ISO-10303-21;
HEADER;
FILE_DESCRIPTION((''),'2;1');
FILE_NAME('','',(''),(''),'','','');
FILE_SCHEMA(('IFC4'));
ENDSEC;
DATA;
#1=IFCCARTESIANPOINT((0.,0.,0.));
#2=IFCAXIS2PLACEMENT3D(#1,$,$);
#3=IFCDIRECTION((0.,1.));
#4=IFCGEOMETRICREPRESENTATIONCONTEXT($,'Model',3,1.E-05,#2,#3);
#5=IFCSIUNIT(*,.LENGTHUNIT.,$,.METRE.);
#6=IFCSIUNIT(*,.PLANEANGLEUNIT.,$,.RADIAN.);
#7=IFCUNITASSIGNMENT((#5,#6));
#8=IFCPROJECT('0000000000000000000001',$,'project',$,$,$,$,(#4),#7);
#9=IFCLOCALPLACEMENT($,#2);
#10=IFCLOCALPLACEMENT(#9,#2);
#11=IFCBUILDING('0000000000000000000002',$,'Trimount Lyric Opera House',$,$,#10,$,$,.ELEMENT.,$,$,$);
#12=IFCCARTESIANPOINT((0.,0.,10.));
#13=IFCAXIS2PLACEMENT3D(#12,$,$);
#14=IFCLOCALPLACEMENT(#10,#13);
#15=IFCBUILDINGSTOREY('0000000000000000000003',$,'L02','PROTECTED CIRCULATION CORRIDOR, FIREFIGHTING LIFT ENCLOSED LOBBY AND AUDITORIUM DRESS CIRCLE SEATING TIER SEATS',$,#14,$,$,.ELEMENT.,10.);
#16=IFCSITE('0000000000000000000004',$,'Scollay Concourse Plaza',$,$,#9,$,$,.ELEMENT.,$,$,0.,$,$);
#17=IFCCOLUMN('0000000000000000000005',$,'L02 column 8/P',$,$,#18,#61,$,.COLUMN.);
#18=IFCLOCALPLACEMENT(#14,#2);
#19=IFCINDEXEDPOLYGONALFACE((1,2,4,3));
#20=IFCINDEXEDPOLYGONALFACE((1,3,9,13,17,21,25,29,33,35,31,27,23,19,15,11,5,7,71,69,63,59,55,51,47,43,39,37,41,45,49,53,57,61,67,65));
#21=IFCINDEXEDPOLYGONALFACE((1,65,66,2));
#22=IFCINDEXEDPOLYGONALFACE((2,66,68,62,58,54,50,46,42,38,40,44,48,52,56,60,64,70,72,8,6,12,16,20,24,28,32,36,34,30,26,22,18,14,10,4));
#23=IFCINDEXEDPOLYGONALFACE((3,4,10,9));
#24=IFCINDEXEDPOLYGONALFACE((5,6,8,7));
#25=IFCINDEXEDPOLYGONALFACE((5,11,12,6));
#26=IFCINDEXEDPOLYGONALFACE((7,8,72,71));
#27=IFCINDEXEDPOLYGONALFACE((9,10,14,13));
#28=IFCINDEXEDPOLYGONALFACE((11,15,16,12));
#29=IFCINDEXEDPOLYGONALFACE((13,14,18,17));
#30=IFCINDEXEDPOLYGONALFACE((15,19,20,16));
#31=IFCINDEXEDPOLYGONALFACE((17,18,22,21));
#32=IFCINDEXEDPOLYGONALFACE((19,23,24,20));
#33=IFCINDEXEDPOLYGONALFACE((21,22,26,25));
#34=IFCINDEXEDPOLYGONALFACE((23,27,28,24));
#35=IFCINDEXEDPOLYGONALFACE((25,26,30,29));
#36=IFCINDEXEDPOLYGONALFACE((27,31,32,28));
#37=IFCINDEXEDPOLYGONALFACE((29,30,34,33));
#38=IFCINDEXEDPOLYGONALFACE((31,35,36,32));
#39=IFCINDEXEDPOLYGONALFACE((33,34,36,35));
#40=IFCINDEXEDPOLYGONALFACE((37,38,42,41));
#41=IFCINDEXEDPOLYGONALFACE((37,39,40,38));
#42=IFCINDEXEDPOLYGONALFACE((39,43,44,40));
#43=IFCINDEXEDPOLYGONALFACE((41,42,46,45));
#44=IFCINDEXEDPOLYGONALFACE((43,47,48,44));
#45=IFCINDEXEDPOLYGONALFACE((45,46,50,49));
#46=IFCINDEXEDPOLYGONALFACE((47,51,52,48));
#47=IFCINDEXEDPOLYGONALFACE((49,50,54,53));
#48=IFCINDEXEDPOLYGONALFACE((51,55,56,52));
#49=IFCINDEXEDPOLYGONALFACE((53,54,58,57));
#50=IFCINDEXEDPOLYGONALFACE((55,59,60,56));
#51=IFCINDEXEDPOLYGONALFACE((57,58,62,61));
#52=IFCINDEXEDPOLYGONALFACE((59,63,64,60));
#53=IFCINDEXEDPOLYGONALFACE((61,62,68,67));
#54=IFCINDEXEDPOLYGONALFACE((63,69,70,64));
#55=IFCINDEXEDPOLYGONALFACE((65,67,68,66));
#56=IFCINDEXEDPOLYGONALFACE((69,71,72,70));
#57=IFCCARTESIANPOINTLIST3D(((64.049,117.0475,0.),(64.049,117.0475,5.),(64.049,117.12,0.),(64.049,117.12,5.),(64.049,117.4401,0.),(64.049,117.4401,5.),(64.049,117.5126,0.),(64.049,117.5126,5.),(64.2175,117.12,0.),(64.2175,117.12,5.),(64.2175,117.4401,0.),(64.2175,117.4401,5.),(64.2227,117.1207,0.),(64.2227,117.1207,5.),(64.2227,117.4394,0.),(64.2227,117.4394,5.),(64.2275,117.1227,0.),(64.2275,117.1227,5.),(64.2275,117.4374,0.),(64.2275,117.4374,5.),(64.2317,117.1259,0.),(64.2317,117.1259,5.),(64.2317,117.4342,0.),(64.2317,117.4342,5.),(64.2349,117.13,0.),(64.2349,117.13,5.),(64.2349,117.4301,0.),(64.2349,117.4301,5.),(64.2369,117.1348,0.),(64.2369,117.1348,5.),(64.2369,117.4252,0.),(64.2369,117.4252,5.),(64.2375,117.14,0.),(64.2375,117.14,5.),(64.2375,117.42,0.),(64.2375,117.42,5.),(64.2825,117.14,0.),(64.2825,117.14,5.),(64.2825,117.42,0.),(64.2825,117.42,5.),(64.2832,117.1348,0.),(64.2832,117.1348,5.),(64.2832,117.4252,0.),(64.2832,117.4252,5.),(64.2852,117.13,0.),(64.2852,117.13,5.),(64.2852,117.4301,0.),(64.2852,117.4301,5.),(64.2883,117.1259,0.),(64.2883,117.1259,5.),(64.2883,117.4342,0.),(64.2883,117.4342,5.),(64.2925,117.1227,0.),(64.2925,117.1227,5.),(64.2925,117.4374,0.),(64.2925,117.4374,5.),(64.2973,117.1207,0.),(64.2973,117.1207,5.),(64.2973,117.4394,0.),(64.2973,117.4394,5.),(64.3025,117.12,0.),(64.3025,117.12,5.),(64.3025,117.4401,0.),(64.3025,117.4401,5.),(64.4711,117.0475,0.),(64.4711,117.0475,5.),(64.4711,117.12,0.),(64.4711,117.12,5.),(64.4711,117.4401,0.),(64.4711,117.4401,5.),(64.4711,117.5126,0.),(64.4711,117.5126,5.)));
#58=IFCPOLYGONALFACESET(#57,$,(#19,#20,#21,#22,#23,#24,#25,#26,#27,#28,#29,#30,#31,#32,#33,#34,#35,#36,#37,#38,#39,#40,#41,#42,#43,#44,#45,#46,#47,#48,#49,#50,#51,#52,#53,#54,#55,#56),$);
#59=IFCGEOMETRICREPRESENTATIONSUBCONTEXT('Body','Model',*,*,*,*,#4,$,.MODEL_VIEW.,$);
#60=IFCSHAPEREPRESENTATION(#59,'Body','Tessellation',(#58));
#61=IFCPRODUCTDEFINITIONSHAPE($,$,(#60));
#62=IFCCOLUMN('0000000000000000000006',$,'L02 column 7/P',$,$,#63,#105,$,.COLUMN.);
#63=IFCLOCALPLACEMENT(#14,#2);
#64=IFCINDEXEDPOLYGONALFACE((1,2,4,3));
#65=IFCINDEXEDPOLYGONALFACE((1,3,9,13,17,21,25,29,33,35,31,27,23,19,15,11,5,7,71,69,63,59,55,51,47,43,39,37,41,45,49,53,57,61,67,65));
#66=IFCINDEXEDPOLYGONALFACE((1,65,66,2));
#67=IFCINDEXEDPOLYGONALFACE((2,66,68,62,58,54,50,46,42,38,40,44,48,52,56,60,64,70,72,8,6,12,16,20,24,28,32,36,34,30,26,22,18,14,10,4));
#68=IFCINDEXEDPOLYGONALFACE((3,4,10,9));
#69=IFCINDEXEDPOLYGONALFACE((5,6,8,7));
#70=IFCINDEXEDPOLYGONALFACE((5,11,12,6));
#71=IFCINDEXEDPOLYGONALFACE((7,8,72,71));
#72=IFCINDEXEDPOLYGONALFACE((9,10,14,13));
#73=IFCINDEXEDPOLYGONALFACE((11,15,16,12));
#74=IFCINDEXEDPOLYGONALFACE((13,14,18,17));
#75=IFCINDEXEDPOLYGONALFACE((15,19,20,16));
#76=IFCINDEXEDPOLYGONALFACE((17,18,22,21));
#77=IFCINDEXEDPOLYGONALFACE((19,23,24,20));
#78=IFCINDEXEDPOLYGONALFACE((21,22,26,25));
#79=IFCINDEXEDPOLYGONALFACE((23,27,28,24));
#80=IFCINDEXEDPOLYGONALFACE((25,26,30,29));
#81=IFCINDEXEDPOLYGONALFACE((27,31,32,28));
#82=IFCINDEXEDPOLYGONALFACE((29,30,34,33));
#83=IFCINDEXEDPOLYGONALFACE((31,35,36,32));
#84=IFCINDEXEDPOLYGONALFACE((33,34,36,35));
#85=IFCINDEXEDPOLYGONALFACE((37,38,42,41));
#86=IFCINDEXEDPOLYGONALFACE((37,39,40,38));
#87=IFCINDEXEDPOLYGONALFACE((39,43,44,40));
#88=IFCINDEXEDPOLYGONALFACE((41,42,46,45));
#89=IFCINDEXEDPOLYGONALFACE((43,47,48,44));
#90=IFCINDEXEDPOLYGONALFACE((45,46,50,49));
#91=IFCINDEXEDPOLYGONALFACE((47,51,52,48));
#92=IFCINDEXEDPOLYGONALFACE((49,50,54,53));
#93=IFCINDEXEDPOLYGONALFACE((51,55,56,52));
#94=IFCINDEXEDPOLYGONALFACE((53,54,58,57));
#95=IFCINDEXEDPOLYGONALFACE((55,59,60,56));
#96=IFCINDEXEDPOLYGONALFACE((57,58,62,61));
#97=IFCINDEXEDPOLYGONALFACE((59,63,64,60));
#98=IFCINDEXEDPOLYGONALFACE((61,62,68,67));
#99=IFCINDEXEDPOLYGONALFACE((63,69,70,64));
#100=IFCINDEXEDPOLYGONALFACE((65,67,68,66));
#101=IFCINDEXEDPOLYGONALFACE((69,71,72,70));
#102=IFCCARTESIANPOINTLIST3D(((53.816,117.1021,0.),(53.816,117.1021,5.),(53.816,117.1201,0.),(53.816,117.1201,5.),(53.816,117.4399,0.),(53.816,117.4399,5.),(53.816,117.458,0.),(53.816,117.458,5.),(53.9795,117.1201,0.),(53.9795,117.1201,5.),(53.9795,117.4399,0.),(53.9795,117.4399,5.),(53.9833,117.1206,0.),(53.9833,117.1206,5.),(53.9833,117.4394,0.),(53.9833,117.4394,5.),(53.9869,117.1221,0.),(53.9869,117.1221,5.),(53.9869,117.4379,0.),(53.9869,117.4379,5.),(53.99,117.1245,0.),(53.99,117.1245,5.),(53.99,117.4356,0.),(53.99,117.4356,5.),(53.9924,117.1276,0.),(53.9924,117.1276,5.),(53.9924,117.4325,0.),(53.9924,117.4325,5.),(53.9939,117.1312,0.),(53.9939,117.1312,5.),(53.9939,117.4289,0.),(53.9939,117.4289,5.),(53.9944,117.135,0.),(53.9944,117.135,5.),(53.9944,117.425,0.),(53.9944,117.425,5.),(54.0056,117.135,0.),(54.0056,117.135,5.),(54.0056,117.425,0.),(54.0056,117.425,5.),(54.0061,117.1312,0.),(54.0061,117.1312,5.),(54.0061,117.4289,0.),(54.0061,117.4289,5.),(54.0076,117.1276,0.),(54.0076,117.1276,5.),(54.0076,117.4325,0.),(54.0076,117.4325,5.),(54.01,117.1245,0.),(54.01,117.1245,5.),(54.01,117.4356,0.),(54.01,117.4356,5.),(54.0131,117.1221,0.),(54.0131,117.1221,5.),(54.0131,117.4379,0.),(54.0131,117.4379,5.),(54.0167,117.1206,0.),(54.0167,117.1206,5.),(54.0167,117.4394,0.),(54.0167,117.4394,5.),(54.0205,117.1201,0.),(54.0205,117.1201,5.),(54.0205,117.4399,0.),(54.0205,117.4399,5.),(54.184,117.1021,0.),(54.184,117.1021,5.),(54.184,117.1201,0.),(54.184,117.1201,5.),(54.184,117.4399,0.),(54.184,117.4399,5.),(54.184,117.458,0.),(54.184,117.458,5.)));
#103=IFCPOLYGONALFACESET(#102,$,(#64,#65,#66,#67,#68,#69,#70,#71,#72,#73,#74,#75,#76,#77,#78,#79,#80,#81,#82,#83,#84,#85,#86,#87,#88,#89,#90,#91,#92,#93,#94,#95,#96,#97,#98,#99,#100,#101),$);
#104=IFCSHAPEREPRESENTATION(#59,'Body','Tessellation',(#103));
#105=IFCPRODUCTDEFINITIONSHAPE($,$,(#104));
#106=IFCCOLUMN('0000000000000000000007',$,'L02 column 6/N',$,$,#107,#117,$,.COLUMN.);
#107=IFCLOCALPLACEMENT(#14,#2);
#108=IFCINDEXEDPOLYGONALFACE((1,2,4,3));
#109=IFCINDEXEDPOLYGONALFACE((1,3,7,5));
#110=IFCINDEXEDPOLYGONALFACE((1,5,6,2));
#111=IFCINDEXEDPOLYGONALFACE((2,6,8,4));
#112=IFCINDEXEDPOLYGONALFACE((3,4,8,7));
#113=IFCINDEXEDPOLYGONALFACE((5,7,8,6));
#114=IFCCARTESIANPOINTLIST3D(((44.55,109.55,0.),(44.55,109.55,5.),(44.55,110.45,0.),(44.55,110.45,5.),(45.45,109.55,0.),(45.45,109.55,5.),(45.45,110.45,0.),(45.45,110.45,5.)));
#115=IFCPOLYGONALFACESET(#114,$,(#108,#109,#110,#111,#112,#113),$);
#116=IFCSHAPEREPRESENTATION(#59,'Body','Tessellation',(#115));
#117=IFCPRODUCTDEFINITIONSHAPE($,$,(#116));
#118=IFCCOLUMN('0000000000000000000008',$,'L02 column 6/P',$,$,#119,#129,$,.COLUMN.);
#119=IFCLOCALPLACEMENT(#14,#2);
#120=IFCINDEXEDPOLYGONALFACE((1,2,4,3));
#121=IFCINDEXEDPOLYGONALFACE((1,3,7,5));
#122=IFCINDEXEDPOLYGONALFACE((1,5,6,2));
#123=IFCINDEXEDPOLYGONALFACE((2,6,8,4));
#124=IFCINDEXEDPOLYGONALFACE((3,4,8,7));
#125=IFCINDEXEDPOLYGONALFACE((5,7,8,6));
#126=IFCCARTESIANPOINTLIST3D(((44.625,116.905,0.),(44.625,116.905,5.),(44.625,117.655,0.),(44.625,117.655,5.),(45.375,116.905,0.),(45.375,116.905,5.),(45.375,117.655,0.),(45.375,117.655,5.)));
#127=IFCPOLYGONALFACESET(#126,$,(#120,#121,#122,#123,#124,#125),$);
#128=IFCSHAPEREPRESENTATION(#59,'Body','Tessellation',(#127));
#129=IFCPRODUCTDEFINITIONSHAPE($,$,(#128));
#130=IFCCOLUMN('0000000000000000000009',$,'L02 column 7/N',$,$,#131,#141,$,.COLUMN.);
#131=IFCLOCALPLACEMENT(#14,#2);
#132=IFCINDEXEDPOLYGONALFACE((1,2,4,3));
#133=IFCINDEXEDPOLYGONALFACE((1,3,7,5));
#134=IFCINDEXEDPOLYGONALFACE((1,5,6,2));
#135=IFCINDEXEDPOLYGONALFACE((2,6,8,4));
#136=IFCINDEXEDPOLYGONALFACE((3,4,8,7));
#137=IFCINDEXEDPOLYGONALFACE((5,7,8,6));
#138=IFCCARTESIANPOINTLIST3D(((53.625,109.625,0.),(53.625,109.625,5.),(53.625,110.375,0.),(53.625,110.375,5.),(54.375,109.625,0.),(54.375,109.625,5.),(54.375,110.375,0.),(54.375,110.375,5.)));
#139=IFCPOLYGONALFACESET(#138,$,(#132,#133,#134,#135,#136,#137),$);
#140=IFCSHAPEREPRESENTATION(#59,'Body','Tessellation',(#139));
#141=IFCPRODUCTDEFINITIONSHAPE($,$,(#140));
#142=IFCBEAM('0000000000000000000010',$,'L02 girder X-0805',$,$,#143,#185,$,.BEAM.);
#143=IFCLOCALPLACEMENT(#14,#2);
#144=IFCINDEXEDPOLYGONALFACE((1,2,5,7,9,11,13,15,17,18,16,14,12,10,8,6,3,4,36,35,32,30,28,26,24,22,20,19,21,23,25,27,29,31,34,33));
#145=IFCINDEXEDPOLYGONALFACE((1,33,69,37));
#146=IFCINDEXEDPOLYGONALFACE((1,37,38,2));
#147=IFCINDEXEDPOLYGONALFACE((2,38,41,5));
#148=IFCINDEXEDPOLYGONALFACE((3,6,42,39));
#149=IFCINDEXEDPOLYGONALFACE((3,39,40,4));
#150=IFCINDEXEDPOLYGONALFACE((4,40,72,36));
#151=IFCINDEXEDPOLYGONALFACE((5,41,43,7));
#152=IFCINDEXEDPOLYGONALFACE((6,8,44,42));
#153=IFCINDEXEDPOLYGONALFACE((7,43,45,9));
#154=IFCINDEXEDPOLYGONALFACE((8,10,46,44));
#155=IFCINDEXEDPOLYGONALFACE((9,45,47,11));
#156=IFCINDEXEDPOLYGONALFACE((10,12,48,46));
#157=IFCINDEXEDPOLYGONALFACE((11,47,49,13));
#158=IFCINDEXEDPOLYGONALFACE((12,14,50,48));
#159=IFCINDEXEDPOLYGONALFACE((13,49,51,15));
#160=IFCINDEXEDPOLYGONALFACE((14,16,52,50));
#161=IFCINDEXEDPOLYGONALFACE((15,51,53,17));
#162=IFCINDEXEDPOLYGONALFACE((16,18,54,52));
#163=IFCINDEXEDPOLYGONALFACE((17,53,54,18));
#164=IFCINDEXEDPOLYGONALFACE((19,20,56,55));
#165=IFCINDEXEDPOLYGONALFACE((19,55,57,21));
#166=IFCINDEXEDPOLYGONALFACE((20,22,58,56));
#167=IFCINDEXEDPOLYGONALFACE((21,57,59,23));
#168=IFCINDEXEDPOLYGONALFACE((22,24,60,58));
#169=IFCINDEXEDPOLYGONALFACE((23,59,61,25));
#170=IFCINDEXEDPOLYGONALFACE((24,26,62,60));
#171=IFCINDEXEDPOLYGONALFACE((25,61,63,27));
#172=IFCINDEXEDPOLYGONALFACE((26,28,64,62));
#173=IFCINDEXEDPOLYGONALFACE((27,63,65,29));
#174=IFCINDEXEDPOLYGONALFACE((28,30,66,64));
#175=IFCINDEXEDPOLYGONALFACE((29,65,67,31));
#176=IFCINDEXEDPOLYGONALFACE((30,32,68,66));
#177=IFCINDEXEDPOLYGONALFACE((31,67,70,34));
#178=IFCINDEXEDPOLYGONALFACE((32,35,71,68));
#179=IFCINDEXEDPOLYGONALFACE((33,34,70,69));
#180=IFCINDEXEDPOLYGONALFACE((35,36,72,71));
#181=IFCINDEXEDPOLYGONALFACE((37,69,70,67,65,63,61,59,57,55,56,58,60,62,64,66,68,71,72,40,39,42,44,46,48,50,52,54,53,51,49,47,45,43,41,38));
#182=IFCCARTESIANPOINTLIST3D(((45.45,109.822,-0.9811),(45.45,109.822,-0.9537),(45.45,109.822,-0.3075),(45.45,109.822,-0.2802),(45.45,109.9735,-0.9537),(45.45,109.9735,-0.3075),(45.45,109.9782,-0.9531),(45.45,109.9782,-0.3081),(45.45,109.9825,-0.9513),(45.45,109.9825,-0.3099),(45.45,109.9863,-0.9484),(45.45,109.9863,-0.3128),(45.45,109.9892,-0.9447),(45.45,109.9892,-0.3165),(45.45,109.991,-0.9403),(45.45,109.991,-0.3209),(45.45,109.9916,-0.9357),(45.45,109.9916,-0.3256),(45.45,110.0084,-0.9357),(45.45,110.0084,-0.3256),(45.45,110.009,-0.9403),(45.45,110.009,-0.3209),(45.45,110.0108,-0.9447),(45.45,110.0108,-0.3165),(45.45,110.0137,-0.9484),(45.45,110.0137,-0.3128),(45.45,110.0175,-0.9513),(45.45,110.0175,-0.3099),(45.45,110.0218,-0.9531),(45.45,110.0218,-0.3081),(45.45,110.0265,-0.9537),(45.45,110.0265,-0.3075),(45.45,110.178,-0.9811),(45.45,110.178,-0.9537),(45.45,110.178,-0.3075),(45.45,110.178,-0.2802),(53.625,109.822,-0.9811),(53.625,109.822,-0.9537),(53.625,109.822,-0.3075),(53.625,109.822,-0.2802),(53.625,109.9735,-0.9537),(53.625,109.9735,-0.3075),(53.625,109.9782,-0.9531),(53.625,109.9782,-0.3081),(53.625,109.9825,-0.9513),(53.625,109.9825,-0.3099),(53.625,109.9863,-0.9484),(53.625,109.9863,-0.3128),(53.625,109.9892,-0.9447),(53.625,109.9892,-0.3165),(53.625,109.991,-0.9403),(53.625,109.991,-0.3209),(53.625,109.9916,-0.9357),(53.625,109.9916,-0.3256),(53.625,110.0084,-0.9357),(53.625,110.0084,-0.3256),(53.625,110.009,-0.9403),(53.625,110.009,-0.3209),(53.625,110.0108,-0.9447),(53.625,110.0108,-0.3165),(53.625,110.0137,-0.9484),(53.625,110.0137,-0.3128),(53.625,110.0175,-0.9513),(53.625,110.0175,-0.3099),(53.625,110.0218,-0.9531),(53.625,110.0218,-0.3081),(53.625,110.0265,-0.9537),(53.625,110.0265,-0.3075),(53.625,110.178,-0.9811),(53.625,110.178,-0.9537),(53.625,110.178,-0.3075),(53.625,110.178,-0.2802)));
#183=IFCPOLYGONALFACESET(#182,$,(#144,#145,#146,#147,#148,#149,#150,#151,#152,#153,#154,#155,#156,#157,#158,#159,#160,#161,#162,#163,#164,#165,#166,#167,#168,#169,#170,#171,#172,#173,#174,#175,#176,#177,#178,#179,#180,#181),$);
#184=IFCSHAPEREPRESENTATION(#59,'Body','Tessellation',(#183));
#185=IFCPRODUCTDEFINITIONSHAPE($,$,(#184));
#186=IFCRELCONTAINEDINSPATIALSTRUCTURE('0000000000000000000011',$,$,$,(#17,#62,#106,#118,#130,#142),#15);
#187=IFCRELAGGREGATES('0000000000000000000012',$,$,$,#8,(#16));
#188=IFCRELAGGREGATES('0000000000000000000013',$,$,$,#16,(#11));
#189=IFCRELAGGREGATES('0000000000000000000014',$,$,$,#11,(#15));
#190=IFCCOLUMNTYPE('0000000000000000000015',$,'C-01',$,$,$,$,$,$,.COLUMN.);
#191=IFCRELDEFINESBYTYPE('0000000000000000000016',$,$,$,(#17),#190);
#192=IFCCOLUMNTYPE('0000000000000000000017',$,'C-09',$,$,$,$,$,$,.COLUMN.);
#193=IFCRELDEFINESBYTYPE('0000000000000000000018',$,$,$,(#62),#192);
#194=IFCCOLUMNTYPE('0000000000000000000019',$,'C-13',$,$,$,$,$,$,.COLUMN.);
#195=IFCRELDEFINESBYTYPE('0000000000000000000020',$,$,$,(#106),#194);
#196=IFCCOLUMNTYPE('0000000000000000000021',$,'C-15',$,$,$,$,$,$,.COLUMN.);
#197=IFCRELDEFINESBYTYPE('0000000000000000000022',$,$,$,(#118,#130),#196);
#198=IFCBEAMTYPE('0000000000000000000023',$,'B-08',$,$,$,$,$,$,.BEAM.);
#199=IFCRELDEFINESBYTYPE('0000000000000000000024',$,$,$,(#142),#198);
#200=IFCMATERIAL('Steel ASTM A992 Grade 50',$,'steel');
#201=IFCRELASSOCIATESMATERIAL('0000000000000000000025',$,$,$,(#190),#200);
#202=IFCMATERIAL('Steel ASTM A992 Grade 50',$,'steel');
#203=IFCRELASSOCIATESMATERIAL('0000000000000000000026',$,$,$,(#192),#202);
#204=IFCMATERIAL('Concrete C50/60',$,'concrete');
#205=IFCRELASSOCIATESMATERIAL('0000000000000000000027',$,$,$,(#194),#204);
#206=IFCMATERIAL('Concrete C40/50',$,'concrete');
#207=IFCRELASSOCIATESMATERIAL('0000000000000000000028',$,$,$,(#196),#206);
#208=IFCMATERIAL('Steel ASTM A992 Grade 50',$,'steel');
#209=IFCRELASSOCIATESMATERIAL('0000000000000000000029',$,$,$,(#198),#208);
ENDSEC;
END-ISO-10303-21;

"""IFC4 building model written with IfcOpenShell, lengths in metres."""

from ifc_helpers import new_model, si_unit, direction, frame, origin, origin_2d, place, context, subcontext, project, spatial, rectangle, i_section, extrude, material, material_profile, profile_set, type_object, element, save


model = new_model("IFC4")

# Units and contexts
model_context = context("Model", 3, precision=1e-05, world=origin(), true_north=direction((0.0, 1.0)))
body_context = subcontext(model_context, "Body", "Model", "MODEL_VIEW")
ifc_project = project(units=[si_unit("LENGTHUNIT", "METRE"), si_unit("PLANEANGLEUNIT", "RADIAN")], contexts=[model_context])

# Site, building, storey
site_placement = place(None, origin())
site = spatial("IfcSite", under=ifc_project, at=site_placement, Name="Scollay Concourse Plaza", CompositionType="ELEMENT", RefElevation=0.0)
building_placement = place(site_placement, origin())
building = spatial("IfcBuilding", under=site, at=building_placement, Name="Trimount Lyric Opera House", CompositionType="ELEMENT")
storey_placement = place(building_placement, frame((0.0, 0.0, 10.0)))
storey = spatial("IfcBuildingStorey", under=building, at=storey_placement, Name="L02", Description="PROTECTED CIRCULATION CORRIDOR, FIREFIGHTING LIFT ENCLOSED LOBBY AND AUDITORIUM DRESS CIRCLE SEATING TIER SEATS", CompositionType="ELEMENT", Elevation=10.0)

# Columns
ifc_material_1 = material(Name="Steel ASTM A992 Grade 50", Category="steel")
ifc_material_profile_1 = material_profile(ifc_material_1, i_section(OverallWidth=0.4221, OverallDepth=0.4651, WebThickness=0.0449, FlangeThickness=0.0725, FilletRadius=0.02, at=origin_2d()), Name="W14X398")
ifc_profile_set_1 = profile_set([ifc_material_profile_1], Name="Steel ASTM A992 Grade 50")
column_type_1 = type_object("IfcColumnType", Name="C-01", PredefinedType="COLUMN", material=ifc_profile_set_1)
column_1_placement = place(storey_placement, frame((64.26, 117.28, 0.0), z_axis=(0.0, 0.0, 1.0), x_axis=(1.0, 0.0, 0.0)))
element("IfcColumn", 1, at=column_1_placement, inside=storey, type_object=column_type_1, Name="L02 column 8/P", PredefinedType="COLUMN", context=body_context, shape_type="SweptSolid", body=[
    extrude(i_section(OverallWidth=0.4221, OverallDepth=0.4651, WebThickness=0.0449, FlangeThickness=0.0725, FilletRadius=0.02, at=origin_2d()), origin(), (0.0, 0.0, 1.0), 5.0),
])
ifc_material_2 = material(Name="Steel ASTM A992 Grade 50", Category="steel")
ifc_material_profile_2 = material_profile(ifc_material_2, i_section(OverallWidth=0.3679, OverallDepth=0.356, WebThickness=0.0112, FlangeThickness=0.0181, FilletRadius=0.0149, at=origin_2d()), Name="W14X90")
ifc_profile_set_2 = profile_set([ifc_material_profile_2], Name="Steel ASTM A992 Grade 50")
column_type_2 = type_object("IfcColumnType", Name="C-09", PredefinedType="COLUMN", material=ifc_profile_set_2)
column_2_placement = place(storey_placement, frame((54.0, 117.28, 0.0), z_axis=(0.0, 0.0, 1.0), x_axis=(1.0, 0.0, 0.0)))
element("IfcColumn", 2, at=column_2_placement, inside=storey, type_object=column_type_2, Name="L02 column 7/P", PredefinedType="COLUMN", context=body_context, shape_type="SweptSolid", body=[
    extrude(i_section(OverallWidth=0.3679, OverallDepth=0.356, WebThickness=0.0112, FlangeThickness=0.0181, FilletRadius=0.0149, at=origin_2d()), origin(), (0.0, 0.0, 1.0), 5.0),
])
ifc_material_3 = material(Name="Concrete C50/60", Category="concrete")
ifc_material_profile_3 = material_profile(ifc_material_3, rectangle(XDim=0.8999, YDim=0.8999, at=origin_2d()), Name="RC900X900")
ifc_profile_set_3 = profile_set([ifc_material_profile_3], Name="Concrete C50/60")
column_type_3 = type_object("IfcColumnType", Name="C-13", PredefinedType="COLUMN", material=ifc_profile_set_3)
column_3_placement = place(storey_placement, frame((45.0, 110.0, 0.0), z_axis=(0.0, 0.0, 1.0), x_axis=(1.0, 0.0, 0.0)))
element("IfcColumn", 3, at=column_3_placement, inside=storey, type_object=column_type_3, Name="L02 column 6/N", PredefinedType="COLUMN", context=body_context, shape_type="SweptSolid", body=[
    extrude(rectangle(XDim=0.8999, YDim=0.8999, at=origin_2d()), origin(), (0.0, 0.0, 1.0), 5.0),
])
ifc_material_4 = material(Name="Concrete C40/50", Category="concrete")
ifc_material_profile_4 = material_profile(ifc_material_4, rectangle(XDim=0.75, YDim=0.75, at=origin_2d()), Name="RC750X750")
ifc_profile_set_4 = profile_set([ifc_material_profile_4], Name="Concrete C40/50")
column_type_4 = type_object("IfcColumnType", Name="C-15", PredefinedType="COLUMN", material=ifc_profile_set_4)
for number, where, z_axis, x_axis, name in (
    (4, (45.0, 117.28, 0.0), (0.0, 0.0, 1.0), (1.0, 0.0, 0.0), "L02 column 6/P"),
    (5, (54.0, 110.0, 0.0), (0.0, 0.0, 1.0), (1.0, 0.0, 0.0), "L02 column 7/N"),
):
    element("IfcColumn", number, at=place(storey_placement, frame(where, z_axis=z_axis, x_axis=x_axis)), inside=storey, type_object=column_type_4, Name=name, PredefinedType="COLUMN", context=body_context, shape_type="SweptSolid", body=[
        extrude(rectangle(XDim=0.75, YDim=0.75, at=origin_2d()), origin(), (0.0, 0.0, 1.0), 5.0),
    ])

# Beam
ifc_material_5 = material(Name="Steel ASTM A992 Grade 50", Category="steel")
ifc_material_profile_5 = material_profile(ifc_material_5, i_section(OverallWidth=0.356, OverallDepth=0.7009, WebThickness=0.0168, FlangeThickness=0.0273, FilletRadius=0.0181, at=origin_2d()), Name="W27X161")
ifc_profile_set_5 = profile_set([ifc_material_profile_5], Name="Steel ASTM A992 Grade 50")
beam_type_1 = type_object("IfcBeamType", Name="B-08", PredefinedType="BEAM", material=ifc_profile_set_5)
beam_1_placement = place(storey_placement, frame((45.45, 110.0, -0.6306), z_axis=(1.0, 0.0, 0.0), x_axis=(0.0, 1.0, 0.0)))
element("IfcBeam", 6, at=beam_1_placement, inside=storey, type_object=beam_type_1, Name="L02 girder X-0805", PredefinedType="BEAM", context=body_context, shape_type="SweptSolid", body=[
    extrude(i_section(OverallWidth=0.356, OverallDepth=0.7009, WebThickness=0.0168, FlangeThickness=0.0273, FilletRadius=0.0181, at=origin_2d()), origin(), (0.0, 0.0, 1.0), 8.175),
])

save(model, "model.ifc")
